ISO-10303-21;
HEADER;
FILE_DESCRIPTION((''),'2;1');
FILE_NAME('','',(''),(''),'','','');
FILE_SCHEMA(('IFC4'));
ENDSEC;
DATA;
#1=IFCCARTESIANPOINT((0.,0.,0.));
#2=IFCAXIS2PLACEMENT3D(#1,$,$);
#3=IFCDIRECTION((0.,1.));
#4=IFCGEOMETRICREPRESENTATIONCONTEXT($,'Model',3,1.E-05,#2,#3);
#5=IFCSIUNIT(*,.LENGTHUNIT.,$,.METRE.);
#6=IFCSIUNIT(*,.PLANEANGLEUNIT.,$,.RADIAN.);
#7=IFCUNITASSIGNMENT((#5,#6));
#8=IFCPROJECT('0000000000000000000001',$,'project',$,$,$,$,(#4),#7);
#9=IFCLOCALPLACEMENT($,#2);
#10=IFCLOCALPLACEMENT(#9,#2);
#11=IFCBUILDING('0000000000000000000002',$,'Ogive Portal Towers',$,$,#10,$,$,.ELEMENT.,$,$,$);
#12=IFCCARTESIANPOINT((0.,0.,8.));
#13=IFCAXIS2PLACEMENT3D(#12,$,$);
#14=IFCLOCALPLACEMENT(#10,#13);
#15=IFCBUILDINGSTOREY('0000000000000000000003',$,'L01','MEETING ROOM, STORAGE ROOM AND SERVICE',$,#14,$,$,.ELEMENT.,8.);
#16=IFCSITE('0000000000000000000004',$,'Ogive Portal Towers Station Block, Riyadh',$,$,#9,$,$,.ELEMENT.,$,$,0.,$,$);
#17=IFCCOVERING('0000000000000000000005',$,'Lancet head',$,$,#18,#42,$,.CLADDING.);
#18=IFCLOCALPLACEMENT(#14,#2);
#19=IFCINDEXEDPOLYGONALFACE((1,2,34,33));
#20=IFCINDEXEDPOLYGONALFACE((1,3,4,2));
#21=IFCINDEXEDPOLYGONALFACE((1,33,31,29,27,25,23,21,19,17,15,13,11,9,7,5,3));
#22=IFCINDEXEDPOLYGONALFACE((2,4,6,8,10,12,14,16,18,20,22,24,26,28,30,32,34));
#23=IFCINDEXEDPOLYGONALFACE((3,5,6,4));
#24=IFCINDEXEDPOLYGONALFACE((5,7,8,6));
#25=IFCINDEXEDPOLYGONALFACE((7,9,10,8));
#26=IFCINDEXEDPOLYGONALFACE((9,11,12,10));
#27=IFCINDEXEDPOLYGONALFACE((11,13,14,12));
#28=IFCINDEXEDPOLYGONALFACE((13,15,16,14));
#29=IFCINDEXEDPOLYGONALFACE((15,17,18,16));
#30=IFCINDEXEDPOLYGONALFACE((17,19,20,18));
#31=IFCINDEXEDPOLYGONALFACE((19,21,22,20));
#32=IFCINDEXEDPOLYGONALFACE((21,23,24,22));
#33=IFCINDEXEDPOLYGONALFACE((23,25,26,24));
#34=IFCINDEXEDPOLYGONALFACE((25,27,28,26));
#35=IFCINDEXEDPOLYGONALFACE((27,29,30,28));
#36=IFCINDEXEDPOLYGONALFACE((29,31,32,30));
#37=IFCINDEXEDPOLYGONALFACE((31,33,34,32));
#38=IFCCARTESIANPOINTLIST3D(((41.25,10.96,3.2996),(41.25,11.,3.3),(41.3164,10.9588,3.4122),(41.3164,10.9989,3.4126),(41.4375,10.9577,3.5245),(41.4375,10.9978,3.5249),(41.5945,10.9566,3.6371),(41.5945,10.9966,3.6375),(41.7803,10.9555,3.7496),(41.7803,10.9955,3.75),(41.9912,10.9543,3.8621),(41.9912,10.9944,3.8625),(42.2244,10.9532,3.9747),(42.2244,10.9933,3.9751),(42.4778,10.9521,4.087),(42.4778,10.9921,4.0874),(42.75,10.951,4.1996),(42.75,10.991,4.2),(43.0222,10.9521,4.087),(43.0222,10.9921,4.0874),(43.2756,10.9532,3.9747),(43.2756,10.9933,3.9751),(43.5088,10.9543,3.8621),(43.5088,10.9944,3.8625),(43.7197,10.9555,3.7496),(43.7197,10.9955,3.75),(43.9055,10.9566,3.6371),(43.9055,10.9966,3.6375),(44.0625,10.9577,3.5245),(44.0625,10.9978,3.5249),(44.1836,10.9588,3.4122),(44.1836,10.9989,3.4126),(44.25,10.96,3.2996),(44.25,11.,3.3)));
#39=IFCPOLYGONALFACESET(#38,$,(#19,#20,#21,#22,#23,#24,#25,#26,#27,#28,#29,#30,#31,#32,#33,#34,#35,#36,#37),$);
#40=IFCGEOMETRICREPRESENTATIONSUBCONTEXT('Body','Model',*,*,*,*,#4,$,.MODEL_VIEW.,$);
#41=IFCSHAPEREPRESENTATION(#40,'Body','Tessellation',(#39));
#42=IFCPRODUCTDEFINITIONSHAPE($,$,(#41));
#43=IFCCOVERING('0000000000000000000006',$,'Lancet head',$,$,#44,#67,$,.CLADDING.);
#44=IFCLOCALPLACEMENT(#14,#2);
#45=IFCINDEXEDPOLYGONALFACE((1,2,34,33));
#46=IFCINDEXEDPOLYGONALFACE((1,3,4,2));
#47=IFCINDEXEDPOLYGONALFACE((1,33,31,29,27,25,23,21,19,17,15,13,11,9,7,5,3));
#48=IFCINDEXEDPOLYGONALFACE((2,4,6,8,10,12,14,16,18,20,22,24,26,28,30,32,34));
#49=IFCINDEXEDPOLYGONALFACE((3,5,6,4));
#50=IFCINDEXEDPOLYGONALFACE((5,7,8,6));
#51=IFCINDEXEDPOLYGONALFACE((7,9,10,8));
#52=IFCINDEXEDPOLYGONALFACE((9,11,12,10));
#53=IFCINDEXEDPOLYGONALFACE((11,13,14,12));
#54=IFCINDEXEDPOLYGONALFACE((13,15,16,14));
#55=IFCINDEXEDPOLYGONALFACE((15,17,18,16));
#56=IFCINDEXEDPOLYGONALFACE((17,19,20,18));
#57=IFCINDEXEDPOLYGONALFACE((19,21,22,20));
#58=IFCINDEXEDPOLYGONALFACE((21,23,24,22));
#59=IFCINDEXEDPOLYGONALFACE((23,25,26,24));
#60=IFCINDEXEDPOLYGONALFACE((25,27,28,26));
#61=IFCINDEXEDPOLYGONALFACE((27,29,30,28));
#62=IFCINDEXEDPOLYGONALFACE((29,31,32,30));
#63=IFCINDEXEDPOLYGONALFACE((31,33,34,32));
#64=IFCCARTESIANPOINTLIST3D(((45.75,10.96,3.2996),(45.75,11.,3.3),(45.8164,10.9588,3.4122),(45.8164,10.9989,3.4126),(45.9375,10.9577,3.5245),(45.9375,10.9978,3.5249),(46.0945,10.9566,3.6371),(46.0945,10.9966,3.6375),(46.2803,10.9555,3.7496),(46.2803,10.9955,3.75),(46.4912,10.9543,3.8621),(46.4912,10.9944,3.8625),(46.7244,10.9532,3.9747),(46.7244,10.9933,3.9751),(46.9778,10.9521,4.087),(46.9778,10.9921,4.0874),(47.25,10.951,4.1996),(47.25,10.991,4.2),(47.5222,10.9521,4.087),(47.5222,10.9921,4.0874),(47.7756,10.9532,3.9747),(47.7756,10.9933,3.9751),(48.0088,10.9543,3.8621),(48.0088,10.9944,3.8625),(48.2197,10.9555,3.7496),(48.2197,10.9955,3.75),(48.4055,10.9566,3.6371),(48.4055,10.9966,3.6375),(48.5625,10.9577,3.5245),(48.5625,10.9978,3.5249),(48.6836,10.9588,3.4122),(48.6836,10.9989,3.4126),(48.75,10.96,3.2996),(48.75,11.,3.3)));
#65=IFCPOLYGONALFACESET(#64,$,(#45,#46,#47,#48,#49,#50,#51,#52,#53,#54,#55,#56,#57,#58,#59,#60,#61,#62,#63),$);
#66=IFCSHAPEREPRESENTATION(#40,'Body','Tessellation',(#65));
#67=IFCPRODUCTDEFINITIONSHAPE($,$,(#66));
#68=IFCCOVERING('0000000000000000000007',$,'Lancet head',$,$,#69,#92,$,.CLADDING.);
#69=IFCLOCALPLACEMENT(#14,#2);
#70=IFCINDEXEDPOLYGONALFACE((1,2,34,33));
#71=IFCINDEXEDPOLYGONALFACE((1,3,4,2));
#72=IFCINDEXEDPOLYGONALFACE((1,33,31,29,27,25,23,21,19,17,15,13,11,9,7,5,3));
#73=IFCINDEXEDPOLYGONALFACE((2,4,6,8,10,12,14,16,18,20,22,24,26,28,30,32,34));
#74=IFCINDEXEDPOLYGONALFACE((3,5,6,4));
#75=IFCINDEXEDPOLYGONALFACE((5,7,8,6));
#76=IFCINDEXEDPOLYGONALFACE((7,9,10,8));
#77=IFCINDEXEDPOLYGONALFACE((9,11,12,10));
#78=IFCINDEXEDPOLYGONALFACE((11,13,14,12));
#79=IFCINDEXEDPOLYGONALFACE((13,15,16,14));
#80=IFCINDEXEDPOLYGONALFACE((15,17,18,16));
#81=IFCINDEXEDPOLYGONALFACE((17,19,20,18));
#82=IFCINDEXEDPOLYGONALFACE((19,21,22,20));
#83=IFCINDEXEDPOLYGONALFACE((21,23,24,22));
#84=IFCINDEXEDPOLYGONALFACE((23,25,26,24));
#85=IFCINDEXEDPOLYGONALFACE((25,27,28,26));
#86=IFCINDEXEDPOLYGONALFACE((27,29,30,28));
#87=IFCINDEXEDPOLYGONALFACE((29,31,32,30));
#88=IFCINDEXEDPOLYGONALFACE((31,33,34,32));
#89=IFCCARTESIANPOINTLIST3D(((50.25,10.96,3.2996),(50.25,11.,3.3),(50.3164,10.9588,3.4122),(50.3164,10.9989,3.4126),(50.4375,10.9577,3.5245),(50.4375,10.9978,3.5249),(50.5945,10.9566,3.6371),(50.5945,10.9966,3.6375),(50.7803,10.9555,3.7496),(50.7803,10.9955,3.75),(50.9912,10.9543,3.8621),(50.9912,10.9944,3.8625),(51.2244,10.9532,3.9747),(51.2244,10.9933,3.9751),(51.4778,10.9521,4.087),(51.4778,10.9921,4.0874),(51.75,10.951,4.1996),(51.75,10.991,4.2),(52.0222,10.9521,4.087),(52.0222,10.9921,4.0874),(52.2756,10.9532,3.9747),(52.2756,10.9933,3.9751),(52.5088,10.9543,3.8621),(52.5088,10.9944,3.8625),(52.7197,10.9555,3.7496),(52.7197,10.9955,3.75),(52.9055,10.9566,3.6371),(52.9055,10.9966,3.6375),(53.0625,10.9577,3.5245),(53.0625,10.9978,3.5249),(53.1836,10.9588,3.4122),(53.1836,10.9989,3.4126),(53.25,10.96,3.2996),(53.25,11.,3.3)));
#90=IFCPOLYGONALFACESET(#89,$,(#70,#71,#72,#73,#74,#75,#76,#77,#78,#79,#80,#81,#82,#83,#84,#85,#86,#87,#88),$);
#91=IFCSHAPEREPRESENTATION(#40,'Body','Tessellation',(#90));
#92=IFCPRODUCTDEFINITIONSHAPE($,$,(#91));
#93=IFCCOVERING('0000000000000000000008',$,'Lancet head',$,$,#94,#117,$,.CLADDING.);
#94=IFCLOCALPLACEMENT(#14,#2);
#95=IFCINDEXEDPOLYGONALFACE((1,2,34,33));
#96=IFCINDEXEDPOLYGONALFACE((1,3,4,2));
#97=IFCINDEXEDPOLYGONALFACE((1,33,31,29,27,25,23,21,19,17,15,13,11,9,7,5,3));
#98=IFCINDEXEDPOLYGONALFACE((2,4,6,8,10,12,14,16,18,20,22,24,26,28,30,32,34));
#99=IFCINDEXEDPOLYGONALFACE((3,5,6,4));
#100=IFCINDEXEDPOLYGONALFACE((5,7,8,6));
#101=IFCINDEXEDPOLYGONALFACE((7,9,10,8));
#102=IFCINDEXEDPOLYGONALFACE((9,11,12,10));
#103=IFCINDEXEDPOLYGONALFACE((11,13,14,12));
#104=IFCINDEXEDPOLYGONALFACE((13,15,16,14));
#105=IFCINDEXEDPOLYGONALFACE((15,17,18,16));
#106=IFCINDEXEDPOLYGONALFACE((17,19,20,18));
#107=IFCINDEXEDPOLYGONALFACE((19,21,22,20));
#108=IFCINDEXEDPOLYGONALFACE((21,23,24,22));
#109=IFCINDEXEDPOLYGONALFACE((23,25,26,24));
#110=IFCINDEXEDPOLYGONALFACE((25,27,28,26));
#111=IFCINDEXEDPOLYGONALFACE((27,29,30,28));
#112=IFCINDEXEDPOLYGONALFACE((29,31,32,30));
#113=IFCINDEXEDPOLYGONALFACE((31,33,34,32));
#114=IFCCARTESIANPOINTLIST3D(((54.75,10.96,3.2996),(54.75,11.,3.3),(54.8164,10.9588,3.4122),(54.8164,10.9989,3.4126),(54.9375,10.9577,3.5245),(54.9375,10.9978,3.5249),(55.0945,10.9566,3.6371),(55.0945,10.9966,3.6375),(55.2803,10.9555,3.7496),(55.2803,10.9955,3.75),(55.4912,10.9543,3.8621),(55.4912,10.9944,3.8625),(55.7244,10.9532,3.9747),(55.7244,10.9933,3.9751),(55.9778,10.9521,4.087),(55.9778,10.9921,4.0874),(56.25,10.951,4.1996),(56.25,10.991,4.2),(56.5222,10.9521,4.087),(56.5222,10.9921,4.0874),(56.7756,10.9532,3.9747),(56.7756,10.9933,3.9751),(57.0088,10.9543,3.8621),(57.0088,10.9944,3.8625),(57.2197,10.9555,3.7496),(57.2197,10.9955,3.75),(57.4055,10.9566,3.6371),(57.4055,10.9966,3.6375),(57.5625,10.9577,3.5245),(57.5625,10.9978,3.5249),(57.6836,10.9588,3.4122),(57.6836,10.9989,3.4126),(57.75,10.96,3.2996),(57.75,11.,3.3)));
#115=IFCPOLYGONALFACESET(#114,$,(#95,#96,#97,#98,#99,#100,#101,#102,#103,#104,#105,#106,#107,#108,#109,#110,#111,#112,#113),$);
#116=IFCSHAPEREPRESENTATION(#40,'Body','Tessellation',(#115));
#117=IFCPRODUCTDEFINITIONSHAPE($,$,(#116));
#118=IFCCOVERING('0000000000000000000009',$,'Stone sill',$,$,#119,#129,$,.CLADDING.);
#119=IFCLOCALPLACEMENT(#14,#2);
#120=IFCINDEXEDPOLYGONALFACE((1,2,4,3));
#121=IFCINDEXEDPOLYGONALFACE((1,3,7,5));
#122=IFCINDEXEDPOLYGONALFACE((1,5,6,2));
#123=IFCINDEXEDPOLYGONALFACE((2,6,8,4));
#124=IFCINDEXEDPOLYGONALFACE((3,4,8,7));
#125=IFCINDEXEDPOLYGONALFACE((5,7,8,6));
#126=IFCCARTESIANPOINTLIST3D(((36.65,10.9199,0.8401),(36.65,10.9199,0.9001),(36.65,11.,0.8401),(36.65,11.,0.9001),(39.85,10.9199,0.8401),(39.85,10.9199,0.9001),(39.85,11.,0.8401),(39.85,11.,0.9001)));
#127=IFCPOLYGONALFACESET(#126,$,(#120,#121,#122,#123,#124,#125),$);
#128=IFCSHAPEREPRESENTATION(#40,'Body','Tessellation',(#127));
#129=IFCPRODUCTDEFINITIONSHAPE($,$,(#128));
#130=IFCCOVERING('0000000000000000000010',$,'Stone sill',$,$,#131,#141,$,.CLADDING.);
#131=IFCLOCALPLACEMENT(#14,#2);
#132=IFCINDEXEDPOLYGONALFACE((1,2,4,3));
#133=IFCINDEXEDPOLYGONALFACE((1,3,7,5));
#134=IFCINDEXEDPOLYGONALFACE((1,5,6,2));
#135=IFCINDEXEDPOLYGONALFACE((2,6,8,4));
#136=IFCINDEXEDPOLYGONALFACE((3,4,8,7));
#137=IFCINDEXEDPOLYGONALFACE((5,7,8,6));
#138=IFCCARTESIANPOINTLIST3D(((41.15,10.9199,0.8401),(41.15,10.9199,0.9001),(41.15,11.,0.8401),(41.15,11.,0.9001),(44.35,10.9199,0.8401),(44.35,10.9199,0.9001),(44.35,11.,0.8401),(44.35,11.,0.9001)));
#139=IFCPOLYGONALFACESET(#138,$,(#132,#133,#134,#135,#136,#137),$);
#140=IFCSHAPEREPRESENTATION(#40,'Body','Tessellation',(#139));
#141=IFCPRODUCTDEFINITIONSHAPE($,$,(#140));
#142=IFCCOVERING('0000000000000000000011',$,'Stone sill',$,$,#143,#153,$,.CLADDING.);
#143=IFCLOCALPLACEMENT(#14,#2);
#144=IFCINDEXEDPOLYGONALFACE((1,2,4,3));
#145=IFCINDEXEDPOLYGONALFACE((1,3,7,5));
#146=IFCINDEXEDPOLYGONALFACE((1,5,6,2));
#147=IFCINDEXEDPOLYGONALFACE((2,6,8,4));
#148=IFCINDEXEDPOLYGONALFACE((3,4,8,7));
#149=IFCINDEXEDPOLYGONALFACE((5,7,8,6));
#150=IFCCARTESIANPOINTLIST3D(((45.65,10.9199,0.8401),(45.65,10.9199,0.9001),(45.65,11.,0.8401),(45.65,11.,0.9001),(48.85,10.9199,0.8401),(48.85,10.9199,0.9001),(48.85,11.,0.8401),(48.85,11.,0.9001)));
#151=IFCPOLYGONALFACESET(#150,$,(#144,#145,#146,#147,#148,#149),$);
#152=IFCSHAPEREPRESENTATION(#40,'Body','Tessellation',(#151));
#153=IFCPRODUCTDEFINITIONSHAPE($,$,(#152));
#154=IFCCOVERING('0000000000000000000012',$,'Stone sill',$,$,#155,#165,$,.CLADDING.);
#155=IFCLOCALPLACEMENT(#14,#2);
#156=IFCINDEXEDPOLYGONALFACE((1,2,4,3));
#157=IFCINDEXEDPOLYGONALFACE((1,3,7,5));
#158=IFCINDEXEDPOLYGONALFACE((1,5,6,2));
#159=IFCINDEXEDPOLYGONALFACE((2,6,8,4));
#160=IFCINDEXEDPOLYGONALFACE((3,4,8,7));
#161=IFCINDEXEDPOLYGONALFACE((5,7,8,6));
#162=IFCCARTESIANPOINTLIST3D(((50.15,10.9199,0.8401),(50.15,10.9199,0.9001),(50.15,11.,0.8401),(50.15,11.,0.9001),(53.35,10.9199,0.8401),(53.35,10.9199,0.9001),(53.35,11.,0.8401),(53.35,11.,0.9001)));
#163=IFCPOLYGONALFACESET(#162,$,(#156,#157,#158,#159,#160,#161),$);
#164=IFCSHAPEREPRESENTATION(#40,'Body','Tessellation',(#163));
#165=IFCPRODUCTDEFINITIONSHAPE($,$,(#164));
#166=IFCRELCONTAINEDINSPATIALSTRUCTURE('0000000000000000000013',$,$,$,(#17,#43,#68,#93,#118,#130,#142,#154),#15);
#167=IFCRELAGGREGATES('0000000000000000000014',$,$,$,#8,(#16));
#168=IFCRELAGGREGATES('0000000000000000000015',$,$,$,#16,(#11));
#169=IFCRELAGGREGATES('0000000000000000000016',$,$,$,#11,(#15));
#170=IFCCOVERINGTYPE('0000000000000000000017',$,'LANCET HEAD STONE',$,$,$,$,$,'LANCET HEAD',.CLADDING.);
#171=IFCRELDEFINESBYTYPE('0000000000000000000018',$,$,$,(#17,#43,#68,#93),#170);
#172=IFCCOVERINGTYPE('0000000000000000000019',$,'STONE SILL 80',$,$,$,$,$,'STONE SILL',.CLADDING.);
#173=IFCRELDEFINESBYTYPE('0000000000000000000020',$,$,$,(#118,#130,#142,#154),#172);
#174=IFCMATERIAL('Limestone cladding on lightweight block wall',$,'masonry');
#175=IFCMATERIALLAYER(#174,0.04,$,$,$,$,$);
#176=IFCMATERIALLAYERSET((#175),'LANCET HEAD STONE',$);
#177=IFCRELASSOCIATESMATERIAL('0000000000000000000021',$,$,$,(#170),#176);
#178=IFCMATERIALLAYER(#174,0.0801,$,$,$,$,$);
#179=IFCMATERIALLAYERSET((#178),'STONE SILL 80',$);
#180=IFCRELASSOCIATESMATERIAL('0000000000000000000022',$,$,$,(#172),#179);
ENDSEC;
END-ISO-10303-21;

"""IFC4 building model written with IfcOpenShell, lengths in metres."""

from ifc_helpers import new_model, si_unit, direction, frame, origin, origin_2d, place, context, subcontext, project, spatial, polyline, rectangle, outline, extrude, material, layer, layer_set, type_object, element, save


model = new_model("IFC4")

# Units and contexts
model_context = context("Model", 3, precision=1e-05, world=origin(), true_north=direction((0.0, 1.0)))
body_context = subcontext(model_context, "Body", "Model", "MODEL_VIEW")
ifc_project = project(units=[si_unit("LENGTHUNIT", "METRE"), si_unit("PLANEANGLEUNIT", "RADIAN")], contexts=[model_context])

# Site, building, storey
site_placement = place(None, origin())
site = spatial("IfcSite", under=ifc_project, at=site_placement, Name="Ogive Portal Towers Station Block, Riyadh", CompositionType="ELEMENT", RefElevation=0.0)
building_placement = place(site_placement, origin())
building = spatial("IfcBuilding", under=site, at=building_placement, Name="Ogive Portal Towers", CompositionType="ELEMENT")
storey_placement = place(building_placement, frame((0.0, 0.0, 8.0)))
storey = spatial("IfcBuildingStorey", under=building, at=storey_placement, Name="L01", Description="MEETING ROOM, STORAGE ROOM AND SERVICE", CompositionType="ELEMENT", Elevation=8.0)

# Coverings
ifc_material_1 = material(Name="Limestone cladding on lightweight block wall", Category="masonry")
ifc_layer_1 = layer(ifc_material_1, 0.04)
ifc_layer_set_1 = layer_set([ifc_layer_1], Name="LANCET HEAD STONE")
covering_type_1 = type_object("IfcCoveringType", Name="LANCET HEAD STONE", ElementType="LANCET HEAD", PredefinedType="CLADDING", material=ifc_layer_set_1)
for number, where, z_axis, x_axis, name in (
    (1, (41.25, 11.0, 3.3), (0.0, 0.99995, 0.009994), (1.0, 0.0, 0.0), "Lancet head"),
    (2, (45.75, 11.0, 3.3), (0.0, 0.99995, 0.009994), (1.0, 0.0, 0.0), "Lancet head"),
    (3, (50.25, 11.0, 3.3), (0.0, 0.99995, 0.009994), (1.0, 0.0, 0.0), "Lancet head"),
    (4, (54.75, 11.0, 3.3), (0.0, 0.99995, 0.009994), (1.0, 0.0, 0.0), "Lancet head"),
):
    element("IfcCovering", number, at=place(storey_placement, frame(where, z_axis=z_axis, x_axis=x_axis)), inside=storey, type_object=covering_type_1, Name=name, PredefinedType="CLADDING", context=body_context, shape_type="SweptSolid", body=[
        extrude(outline(polyline([(0.0, 0.0), (3.0, 0.0), (2.9336, -0.1126), (2.8125, -0.2249), (2.6555, -0.3374), (2.4697, -0.45), (2.2588, -0.5625), (2.0256, -0.6751), (1.7722, -0.7874), (1.5, -0.8999), (1.2278, -0.7874), (0.9744, -0.6751), (0.7412, -0.5625), (0.5303, -0.45), (0.3445, -0.3374), (0.1875, -0.2249), (0.0664, -0.1126), (0.0, 0.0)])), origin(), (0.0, 0.0, -1.0), 0.04),
    ])
ifc_layer_2 = layer(ifc_material_1, 0.0801)
ifc_layer_set_2 = layer_set([ifc_layer_2], Name="STONE SILL 80")
covering_type_2 = type_object("IfcCoveringType", Name="STONE SILL 80", ElementType="STONE SILL", PredefinedType="CLADDING", material=ifc_layer_set_2)
for number, where, z_axis, x_axis, name in (
    (5, (38.25, 10.96, 0.8401), (0.0, 0.0, 1.0), (1.0, 0.0, 0.0), "Stone sill"),
    (6, (42.75, 10.96, 0.8401), (0.0, 0.0, 1.0), (1.0, 0.0, 0.0), "Stone sill"),
    (7, (47.25, 10.96, 0.8401), (0.0, 0.0, 1.0), (1.0, 0.0, 0.0), "Stone sill"),
    (8, (51.75, 10.96, 0.8401), (0.0, 0.0, 1.0), (1.0, 0.0, 0.0), "Stone sill"),
):
    element("IfcCovering", number, at=place(storey_placement, frame(where, z_axis=z_axis, x_axis=x_axis)), inside=storey, type_object=covering_type_2, Name=name, PredefinedType="CLADDING", context=body_context, shape_type="SweptSolid", body=[
        extrude(rectangle(XDim=3.2, YDim=0.0801, at=origin_2d()), origin(), (0.0, 0.0, 1.0), 0.0601),
    ])

save(model, "model.ifc")
